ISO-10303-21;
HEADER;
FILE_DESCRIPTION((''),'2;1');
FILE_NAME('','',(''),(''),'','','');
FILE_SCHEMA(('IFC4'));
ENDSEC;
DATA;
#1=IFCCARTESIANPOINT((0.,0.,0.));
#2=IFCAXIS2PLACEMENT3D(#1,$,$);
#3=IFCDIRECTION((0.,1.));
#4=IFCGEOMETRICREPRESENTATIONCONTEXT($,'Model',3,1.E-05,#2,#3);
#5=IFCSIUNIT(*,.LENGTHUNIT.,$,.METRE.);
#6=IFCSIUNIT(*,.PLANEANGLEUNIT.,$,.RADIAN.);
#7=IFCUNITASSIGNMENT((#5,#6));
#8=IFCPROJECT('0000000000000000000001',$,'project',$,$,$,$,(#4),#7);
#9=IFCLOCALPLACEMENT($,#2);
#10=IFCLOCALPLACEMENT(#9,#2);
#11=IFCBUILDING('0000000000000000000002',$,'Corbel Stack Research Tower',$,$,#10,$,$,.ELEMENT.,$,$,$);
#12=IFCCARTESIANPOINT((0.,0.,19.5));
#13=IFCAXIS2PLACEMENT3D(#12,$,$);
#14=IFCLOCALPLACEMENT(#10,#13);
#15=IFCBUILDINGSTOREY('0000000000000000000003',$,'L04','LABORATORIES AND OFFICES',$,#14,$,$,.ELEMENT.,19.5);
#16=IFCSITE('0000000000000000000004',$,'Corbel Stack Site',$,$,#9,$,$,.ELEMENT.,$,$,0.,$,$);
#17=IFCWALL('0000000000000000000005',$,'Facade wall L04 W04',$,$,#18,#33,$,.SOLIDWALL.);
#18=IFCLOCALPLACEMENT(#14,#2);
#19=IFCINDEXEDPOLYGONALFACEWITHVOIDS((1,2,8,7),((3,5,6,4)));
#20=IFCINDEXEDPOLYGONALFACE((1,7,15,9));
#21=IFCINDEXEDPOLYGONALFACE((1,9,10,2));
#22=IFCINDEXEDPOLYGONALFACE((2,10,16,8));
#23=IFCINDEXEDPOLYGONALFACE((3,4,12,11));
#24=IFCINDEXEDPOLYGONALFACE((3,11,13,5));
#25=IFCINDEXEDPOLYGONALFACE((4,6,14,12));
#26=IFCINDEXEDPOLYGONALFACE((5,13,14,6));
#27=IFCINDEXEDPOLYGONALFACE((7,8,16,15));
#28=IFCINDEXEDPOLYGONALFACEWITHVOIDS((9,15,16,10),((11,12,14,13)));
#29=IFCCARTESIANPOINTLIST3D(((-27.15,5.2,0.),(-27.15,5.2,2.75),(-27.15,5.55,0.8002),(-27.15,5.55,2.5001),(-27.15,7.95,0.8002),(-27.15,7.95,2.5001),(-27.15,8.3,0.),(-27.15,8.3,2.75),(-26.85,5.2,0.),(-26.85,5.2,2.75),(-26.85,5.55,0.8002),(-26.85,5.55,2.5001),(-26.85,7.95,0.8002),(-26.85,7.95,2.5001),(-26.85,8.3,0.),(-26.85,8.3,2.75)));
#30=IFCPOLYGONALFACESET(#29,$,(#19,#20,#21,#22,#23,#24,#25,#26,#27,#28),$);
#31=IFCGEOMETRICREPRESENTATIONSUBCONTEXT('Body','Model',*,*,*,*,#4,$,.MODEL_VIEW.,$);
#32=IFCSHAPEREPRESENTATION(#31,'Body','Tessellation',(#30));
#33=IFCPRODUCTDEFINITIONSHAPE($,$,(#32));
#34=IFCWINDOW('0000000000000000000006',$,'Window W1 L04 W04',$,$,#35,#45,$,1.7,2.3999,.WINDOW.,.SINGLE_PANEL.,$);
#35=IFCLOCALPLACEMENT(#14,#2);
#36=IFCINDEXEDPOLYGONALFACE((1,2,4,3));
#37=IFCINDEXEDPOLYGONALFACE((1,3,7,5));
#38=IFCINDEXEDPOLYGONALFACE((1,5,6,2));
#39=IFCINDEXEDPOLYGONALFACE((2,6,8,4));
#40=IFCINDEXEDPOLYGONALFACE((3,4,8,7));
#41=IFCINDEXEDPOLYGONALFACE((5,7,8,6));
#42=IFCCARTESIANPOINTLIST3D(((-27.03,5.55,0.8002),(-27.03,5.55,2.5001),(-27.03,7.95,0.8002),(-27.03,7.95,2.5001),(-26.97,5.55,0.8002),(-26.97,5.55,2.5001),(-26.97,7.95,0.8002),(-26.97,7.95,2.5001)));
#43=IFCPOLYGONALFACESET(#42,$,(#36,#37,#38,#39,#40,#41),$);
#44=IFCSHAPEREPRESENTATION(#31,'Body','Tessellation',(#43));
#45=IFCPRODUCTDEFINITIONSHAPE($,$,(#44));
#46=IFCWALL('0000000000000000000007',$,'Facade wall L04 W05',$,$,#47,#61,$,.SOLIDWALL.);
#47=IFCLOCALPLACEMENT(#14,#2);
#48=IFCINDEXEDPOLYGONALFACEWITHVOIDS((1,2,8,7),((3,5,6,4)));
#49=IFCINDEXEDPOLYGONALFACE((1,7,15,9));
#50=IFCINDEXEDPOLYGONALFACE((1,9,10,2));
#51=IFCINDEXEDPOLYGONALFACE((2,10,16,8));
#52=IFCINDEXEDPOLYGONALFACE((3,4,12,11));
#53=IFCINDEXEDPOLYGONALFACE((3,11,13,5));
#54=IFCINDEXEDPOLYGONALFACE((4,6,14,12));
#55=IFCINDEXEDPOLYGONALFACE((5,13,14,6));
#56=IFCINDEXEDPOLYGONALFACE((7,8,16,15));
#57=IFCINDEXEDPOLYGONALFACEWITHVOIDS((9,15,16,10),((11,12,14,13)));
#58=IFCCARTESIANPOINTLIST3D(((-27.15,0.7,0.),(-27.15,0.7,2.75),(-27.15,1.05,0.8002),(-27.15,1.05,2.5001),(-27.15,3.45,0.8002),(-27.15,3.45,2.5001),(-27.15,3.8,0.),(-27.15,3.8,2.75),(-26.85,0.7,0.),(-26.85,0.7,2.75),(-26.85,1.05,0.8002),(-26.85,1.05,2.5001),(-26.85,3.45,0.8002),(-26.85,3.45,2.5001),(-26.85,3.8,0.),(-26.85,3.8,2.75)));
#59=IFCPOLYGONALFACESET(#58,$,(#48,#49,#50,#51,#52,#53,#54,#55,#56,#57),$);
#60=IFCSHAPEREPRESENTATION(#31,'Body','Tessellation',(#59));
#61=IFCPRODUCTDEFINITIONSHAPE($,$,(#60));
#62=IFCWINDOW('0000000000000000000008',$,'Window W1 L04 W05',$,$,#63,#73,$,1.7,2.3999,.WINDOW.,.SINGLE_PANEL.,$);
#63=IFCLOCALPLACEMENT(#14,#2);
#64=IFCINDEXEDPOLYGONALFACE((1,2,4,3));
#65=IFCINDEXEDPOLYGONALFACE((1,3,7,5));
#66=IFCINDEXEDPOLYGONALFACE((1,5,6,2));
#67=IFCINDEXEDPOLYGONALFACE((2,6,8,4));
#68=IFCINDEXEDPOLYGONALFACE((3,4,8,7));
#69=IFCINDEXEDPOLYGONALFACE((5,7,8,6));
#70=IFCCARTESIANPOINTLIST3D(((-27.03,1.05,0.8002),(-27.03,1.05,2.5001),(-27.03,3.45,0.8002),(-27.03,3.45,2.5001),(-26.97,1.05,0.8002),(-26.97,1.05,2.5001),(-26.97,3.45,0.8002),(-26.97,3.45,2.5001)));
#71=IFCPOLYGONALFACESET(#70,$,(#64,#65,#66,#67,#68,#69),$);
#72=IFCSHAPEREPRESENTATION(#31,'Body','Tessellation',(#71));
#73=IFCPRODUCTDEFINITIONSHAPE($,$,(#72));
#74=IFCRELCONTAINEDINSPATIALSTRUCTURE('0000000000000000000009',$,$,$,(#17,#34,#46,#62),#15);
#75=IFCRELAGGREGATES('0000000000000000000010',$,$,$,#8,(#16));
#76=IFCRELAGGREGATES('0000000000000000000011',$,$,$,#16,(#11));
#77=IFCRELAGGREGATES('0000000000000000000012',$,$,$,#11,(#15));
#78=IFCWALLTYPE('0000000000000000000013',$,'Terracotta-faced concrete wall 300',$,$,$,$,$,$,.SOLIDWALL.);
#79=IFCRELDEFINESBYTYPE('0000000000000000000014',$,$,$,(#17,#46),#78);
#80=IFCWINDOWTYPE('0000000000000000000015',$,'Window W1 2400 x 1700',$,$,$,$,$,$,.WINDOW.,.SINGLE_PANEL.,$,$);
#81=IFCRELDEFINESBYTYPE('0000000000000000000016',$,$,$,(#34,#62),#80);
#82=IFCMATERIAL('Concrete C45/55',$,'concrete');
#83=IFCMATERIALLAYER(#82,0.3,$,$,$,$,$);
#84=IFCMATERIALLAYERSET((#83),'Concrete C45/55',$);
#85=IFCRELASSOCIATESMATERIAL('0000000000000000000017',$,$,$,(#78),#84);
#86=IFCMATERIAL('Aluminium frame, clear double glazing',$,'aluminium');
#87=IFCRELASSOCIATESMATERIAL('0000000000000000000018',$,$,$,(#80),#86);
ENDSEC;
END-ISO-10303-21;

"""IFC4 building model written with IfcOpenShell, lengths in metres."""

from ifc_helpers import new_model, si_unit, direction, frame, frame_2d, origin, place, context, subcontext, project, spatial, rectangle, extrude, material, layer, layer_set, type_object, element, fill, save


model = new_model("IFC4")

# Units and contexts
model_context = context("Model", 3, precision=1e-05, world=origin(), true_north=direction((0.0, 1.0)))
body_context = subcontext(model_context, "Body", "Model", "MODEL_VIEW")
ifc_project = project(units=[si_unit("LENGTHUNIT", "METRE"), si_unit("PLANEANGLEUNIT", "RADIAN")], contexts=[model_context])

# Site, building, storey
site_placement = place(None, origin())
site = spatial("IfcSite", under=ifc_project, at=site_placement, Name="Corbel Stack Site", CompositionType="ELEMENT", RefElevation=0.0)
building_placement = place(site_placement, origin())
building = spatial("IfcBuilding", under=site, at=building_placement, Name="Corbel Stack Research Tower", CompositionType="ELEMENT")
storey_placement = place(building_placement, frame((0.0, 0.0, 19.5)))
storey = spatial("IfcBuildingStorey", under=building, at=storey_placement, Name="L04", Description="LABORATORIES AND OFFICES", CompositionType="ELEMENT", Elevation=19.5)

# Shared definitions
ifc_material_1 = material(Name="Concrete C45/55", Category="concrete")
ifc_layer_1 = layer(ifc_material_1, 0.3)
ifc_layer_set_1 = layer_set([ifc_layer_1], Name="Concrete C45/55")
wall_type_1 = type_object("IfcWallType", Name="Terracotta-faced concrete wall 300", PredefinedType="SOLIDWALL", material=ifc_layer_set_1)

# Walls, openings, windows
ifc_material_2 = material(Name="Aluminium frame, clear double glazing", Category="aluminium")
window_type = type_object("IfcWindowType", Name="Window W1 2400 x 1700", PartitioningType="SINGLE_PANEL", PredefinedType="WINDOW", material=ifc_material_2)
wall_1_placement = place(storey_placement, frame((-27.0, 5.2, 0.0), z_axis=(0.0, 0.0, 1.0), x_axis=(0.0, 1.0, 0.0)))
wall_1 = element("IfcWall", 1, at=wall_1_placement, inside=storey, type_object=wall_type_1, Name="Facade wall L04 W04", PredefinedType="SOLIDWALL", context=body_context, shape_type="SweptSolid", body=[
    extrude(rectangle(XDim=3.1001, YDim=0.3, at=frame_2d((1.55, 0.0))), origin(), (0.0, 0.0, 1.0), 2.75),
])
opening_1_placement = place(wall_1_placement, frame((0.3501, 0.0, 0.8)))
opening_1 = element("IfcOpeningElement", 2, at=opening_1_placement, cuts=wall_1, PredefinedType="OPENING", context=body_context, shape_type="SweptSolid", body=[
    extrude(rectangle(XDim=2.3999, YDim=1.7, at=frame_2d((1.2, 0.8501))), frame((0.0, 0.1599, 0.0), z_axis=(0.0, -1.0, 0.0), x_axis=(1.0, 0.0, 0.0)), (0.0, 0.0, 1.0), 0.3201),
])
window_1_placement = place(opening_1_placement, origin())
window_1 = element("IfcWindow", 3, at=window_1_placement, inside=storey, type_object=window_type, Name="Window W1 L04 W04", OverallHeight=1.7, OverallWidth=2.3999, PartitioningType="SINGLE_PANEL", PredefinedType="WINDOW", context=body_context, shape_type="SweptSolid", body=[
    extrude(rectangle(XDim=2.3999, YDim=1.7, at=frame_2d((1.2, 0.8501))), frame((0.0, 0.03, 0.0), z_axis=(0.0, -1.0, 0.0), x_axis=(1.0, 0.0, 0.0)), (0.0, 0.0, 1.0), 0.0601),
])
fill(opening_1, window_1)
wall_2_placement = place(storey_placement, frame((-27.0, 0.7, 0.0), z_axis=(0.0, 0.0, 1.0), x_axis=(0.0, 1.0, 0.0)))
wall_2 = element("IfcWall", 4, at=wall_2_placement, inside=storey, type_object=wall_type_1, Name="Facade wall L04 W05", PredefinedType="SOLIDWALL", context=body_context, shape_type="SweptSolid", body=[
    extrude(rectangle(XDim=3.1001, YDim=0.3, at=frame_2d((1.55, 0.0))), origin(), (0.0, 0.0, 1.0), 2.75),
])
opening_2_placement = place(wall_2_placement, frame((0.3501, 0.0, 0.8)))
opening_2 = element("IfcOpeningElement", 5, at=opening_2_placement, cuts=wall_2, PredefinedType="OPENING", context=body_context, shape_type="SweptSolid", body=[
    extrude(rectangle(XDim=2.3999, YDim=1.7, at=frame_2d((1.2, 0.8501))), frame((0.0, 0.1599, 0.0), z_axis=(0.0, -1.0, 0.0), x_axis=(1.0, 0.0, 0.0)), (0.0, 0.0, 1.0), 0.3201),
])
window_2_placement = place(opening_2_placement, origin())
window_2 = element("IfcWindow", 6, at=window_2_placement, inside=storey, type_object=window_type, Name="Window W1 L04 W05", OverallHeight=1.7, OverallWidth=2.3999, PartitioningType="SINGLE_PANEL", PredefinedType="WINDOW", context=body_context, shape_type="SweptSolid", body=[
    extrude(rectangle(XDim=2.3999, YDim=1.7, at=frame_2d((1.2, 0.8501))), frame((0.0, 0.03, 0.0), z_axis=(0.0, -1.0, 0.0), x_axis=(1.0, 0.0, 0.0)), (0.0, 0.0, 1.0), 0.0601),
])
fill(opening_2, window_2)

save(model, "model.ifc")
